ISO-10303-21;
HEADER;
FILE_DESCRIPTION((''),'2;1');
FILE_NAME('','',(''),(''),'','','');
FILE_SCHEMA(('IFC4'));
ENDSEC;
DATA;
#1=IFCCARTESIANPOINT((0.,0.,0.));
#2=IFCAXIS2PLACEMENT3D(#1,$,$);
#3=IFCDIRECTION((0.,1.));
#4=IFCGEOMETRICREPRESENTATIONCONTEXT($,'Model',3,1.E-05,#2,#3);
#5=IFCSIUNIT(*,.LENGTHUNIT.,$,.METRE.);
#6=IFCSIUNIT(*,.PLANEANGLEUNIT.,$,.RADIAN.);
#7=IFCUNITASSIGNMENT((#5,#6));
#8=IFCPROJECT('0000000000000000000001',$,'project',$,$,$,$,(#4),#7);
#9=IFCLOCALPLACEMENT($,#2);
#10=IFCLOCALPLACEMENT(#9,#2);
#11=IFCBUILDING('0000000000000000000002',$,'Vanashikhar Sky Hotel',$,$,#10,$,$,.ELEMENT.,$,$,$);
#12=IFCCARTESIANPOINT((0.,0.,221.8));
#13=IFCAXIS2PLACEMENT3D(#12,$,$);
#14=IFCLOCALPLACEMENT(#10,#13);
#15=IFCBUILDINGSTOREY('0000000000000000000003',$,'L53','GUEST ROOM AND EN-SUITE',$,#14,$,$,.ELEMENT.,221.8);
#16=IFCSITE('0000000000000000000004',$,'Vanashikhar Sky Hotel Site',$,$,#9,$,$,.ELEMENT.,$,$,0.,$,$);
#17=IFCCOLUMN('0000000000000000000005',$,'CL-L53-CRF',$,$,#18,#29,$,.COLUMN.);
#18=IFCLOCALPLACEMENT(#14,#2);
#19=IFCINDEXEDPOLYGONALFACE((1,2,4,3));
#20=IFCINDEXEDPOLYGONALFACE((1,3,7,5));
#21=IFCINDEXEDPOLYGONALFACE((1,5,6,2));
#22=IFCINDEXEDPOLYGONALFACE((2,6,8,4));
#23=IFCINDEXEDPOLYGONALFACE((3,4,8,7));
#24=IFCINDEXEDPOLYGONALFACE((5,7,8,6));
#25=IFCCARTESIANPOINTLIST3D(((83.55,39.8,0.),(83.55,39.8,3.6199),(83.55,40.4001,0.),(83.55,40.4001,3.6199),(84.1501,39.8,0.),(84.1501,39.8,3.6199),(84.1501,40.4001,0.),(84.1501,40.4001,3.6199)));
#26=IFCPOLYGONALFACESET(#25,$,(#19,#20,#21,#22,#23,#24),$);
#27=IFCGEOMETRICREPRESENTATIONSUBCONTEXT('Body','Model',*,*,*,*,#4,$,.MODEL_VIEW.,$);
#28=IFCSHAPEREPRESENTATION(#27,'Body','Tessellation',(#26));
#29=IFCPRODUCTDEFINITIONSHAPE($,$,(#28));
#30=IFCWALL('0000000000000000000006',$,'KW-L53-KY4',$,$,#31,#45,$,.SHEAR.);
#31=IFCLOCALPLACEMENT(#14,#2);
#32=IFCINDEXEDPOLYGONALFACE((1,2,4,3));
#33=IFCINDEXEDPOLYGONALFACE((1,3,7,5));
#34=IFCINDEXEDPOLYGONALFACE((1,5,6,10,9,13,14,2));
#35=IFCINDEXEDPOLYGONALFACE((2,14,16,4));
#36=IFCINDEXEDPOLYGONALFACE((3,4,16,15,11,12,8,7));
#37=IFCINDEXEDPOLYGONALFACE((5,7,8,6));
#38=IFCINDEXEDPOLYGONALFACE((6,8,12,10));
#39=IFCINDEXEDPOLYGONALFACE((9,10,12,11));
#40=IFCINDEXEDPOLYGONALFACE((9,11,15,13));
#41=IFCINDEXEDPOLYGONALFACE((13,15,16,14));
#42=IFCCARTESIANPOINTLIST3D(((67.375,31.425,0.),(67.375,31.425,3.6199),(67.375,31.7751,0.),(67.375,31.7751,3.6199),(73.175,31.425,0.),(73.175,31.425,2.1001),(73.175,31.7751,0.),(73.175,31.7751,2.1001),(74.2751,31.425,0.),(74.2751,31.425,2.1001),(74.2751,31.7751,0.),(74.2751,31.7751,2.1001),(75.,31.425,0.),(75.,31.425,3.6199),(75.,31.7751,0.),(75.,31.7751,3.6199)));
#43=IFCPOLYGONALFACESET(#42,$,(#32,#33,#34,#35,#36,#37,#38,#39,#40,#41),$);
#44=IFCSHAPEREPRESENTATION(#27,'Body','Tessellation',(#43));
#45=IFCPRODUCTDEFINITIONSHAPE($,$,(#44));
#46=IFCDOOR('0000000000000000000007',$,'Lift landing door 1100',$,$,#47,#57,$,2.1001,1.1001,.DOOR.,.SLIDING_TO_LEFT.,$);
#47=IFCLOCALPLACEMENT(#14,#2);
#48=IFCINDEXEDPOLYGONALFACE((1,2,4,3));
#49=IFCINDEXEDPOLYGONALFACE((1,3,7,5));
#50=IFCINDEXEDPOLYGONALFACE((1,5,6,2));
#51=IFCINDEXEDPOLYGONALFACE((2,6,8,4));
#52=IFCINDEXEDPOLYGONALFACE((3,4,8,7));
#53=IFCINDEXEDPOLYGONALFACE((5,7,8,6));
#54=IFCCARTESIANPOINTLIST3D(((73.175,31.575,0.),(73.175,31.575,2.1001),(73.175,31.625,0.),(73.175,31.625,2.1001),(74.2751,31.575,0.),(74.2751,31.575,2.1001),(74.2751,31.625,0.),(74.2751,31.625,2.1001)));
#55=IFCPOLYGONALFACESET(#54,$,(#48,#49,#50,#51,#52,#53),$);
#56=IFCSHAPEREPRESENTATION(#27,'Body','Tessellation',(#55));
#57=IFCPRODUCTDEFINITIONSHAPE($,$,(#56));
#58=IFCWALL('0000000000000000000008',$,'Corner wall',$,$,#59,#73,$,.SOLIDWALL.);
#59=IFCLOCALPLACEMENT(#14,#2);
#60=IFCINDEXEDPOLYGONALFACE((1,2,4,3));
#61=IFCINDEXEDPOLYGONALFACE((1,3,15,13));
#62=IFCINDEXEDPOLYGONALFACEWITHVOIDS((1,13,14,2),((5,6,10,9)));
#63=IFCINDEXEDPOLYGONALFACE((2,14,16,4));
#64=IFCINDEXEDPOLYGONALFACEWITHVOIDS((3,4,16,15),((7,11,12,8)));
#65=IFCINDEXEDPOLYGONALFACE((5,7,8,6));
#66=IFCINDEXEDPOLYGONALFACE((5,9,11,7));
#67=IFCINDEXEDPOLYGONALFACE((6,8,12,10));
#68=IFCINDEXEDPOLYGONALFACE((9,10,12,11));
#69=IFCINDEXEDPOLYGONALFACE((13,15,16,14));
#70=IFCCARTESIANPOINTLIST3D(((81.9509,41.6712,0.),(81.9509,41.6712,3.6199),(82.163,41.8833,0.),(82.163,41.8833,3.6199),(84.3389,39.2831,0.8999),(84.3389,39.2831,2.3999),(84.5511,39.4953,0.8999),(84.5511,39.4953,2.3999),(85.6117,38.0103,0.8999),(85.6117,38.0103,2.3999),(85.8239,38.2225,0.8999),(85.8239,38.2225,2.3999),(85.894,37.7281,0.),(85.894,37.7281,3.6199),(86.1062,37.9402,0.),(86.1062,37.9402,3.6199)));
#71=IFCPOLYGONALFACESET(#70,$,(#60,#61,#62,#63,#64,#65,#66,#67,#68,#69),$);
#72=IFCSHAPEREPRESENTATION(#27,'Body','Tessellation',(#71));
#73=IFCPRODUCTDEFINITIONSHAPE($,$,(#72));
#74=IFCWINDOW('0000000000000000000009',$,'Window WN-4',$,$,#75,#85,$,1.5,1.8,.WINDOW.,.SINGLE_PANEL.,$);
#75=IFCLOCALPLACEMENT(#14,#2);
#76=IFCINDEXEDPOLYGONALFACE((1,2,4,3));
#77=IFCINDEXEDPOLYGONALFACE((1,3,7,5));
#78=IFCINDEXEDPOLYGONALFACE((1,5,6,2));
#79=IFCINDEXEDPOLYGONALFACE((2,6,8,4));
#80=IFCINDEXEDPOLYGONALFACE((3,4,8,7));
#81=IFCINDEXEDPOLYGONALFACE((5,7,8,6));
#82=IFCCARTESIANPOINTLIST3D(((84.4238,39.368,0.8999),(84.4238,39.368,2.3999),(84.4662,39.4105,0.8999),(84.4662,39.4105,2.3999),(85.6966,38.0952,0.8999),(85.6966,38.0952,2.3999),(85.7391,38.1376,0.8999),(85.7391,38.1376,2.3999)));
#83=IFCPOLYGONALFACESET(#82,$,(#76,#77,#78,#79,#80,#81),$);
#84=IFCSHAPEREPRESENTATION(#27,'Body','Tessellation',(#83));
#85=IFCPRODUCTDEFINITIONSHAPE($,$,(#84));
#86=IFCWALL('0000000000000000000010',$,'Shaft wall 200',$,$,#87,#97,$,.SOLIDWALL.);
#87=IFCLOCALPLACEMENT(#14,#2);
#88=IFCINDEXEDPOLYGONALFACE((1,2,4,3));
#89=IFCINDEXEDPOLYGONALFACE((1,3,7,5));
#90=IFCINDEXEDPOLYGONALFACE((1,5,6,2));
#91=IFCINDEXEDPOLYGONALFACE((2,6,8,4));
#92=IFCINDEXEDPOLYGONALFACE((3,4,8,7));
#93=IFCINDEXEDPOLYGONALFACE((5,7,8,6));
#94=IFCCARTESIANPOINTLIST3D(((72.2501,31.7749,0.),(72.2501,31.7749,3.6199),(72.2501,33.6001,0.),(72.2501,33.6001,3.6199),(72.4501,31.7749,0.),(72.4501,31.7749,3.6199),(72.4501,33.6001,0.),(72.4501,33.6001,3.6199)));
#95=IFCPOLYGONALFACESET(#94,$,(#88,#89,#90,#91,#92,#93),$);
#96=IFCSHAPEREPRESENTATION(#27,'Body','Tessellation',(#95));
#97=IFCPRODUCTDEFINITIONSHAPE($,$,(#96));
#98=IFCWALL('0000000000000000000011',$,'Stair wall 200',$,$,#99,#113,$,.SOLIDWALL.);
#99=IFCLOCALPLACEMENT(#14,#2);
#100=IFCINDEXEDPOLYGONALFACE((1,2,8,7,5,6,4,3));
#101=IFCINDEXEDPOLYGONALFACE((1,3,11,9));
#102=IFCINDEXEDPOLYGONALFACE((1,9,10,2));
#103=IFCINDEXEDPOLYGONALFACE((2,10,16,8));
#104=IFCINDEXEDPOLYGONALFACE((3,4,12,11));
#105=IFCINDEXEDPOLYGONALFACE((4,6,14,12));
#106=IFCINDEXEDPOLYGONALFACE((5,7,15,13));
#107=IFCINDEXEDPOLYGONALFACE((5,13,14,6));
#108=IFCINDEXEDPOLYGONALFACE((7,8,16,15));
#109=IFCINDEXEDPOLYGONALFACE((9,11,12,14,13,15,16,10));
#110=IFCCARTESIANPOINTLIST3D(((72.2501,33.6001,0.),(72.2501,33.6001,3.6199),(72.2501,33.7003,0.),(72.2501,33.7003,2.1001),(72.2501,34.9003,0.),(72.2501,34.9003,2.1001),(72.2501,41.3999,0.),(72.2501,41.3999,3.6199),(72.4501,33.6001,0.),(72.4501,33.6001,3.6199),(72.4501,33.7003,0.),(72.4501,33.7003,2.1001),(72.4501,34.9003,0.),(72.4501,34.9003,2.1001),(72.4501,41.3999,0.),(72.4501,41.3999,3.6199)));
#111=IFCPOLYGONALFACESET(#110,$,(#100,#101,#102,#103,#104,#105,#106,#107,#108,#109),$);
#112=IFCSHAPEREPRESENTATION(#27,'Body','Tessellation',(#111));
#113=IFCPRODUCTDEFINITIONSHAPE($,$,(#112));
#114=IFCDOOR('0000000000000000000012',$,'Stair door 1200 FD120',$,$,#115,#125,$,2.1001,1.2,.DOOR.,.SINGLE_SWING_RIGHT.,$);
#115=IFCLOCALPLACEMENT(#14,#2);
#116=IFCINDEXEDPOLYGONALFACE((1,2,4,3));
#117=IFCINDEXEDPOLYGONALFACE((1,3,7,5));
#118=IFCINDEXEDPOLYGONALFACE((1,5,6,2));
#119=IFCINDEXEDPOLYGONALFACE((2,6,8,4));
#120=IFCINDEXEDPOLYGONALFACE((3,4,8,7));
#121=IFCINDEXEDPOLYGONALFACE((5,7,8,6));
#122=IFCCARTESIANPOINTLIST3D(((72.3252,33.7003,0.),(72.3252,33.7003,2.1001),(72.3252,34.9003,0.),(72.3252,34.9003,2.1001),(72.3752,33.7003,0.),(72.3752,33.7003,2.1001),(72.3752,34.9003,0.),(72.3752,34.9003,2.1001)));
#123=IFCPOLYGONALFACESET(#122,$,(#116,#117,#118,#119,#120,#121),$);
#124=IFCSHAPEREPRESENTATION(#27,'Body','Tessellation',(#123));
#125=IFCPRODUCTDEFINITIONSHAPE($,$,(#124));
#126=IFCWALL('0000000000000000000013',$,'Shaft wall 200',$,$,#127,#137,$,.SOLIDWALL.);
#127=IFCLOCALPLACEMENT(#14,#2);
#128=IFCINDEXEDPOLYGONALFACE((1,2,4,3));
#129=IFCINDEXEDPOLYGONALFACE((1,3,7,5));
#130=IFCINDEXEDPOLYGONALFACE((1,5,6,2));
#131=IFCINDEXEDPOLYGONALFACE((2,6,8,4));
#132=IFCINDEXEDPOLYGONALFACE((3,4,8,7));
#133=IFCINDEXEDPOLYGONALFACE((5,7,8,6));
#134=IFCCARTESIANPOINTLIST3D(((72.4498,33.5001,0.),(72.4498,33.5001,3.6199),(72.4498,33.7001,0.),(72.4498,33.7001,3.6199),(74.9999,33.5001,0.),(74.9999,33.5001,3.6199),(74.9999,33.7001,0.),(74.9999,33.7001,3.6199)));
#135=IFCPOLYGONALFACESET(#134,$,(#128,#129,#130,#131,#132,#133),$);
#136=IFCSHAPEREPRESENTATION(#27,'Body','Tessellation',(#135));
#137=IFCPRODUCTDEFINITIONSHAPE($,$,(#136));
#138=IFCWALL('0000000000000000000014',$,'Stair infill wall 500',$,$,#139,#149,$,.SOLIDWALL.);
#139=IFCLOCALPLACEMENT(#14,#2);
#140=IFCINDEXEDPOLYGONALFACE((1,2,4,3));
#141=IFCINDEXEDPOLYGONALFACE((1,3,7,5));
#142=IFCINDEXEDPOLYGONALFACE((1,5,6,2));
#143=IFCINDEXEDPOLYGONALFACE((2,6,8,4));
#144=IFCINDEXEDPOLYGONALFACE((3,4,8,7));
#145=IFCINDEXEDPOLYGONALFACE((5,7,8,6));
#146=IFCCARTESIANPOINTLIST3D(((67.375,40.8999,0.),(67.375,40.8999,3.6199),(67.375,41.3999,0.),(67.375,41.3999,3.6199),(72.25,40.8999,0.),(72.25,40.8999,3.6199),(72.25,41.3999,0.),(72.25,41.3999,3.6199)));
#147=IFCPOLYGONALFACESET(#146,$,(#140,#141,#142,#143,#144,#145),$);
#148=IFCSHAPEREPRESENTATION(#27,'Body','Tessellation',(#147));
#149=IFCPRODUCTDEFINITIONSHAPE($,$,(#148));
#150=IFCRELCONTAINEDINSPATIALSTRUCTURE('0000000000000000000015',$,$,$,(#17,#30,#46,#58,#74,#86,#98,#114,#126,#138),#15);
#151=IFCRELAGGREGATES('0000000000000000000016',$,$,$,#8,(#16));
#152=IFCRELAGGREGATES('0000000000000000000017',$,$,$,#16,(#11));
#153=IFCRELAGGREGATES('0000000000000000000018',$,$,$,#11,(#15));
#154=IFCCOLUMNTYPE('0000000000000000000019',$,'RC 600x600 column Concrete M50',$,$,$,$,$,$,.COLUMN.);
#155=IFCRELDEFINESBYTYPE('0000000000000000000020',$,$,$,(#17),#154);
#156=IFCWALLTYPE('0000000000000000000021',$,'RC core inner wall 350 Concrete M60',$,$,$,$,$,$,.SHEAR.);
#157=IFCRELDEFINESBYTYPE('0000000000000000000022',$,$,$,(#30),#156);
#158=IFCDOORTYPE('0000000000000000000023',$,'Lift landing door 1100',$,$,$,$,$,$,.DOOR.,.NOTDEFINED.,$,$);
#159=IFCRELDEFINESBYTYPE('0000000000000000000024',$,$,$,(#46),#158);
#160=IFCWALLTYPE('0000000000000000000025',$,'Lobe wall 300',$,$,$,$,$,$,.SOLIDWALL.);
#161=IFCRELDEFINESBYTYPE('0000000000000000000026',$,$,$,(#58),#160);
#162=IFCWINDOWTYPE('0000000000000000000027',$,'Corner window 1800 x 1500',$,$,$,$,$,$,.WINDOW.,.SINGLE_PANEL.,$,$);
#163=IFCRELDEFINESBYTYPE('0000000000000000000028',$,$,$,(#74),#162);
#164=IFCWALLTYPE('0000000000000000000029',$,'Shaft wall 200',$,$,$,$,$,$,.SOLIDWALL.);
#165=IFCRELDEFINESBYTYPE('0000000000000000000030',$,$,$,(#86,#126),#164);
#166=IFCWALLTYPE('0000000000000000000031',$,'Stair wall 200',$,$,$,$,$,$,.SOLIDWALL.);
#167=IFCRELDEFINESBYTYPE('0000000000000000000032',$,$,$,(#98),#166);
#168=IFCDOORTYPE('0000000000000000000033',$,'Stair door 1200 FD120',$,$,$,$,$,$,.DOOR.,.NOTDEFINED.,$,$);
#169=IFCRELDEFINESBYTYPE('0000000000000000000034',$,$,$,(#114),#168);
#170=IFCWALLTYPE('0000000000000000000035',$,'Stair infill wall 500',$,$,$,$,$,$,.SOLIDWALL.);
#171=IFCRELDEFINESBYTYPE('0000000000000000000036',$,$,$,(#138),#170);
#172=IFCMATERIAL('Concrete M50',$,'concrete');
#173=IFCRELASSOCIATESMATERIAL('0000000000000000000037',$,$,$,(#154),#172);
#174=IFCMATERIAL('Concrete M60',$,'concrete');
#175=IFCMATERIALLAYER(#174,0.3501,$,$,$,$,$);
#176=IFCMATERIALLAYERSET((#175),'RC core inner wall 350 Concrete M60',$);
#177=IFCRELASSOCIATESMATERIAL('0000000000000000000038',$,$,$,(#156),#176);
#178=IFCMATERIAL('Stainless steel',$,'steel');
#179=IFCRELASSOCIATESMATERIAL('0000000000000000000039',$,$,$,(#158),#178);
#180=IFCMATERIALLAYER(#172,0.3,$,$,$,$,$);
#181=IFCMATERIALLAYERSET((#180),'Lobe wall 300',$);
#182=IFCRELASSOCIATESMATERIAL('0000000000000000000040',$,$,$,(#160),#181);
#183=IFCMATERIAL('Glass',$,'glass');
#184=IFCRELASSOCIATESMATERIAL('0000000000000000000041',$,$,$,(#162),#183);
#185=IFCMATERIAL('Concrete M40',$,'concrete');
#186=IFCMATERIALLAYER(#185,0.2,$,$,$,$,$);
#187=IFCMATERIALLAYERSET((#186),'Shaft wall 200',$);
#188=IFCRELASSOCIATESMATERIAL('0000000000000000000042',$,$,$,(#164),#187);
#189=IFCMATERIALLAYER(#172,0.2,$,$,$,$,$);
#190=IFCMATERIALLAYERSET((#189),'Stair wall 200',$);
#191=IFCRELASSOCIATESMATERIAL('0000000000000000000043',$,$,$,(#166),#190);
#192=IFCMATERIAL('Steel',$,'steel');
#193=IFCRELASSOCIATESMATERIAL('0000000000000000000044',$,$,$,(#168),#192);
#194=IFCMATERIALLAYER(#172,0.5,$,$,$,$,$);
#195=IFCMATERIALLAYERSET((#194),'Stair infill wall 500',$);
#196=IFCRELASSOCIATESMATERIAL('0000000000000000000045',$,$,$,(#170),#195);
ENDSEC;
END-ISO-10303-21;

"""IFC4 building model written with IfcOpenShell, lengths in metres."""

from ifc_helpers import new_model, si_unit, direction, frame, frame_2d, origin, origin_2d, place, context, subcontext, project, spatial, rectangle, extrude, source, transform, mapped, material, layer, layer_set, material_profile, profile_set, type_object, element, fill, save


model = new_model("IFC4")

# Units and contexts
model_context = context("Model", 3, precision=1e-05, world=origin(), true_north=direction((0.0, 1.0)))
body_context = subcontext(model_context, "Body", "Model", "MODEL_VIEW")
ifc_project = project(units=[si_unit("LENGTHUNIT", "METRE"), si_unit("PLANEANGLEUNIT", "RADIAN")], contexts=[model_context])

# Site, building, storey
site_placement = place(None, origin())
site = spatial("IfcSite", under=ifc_project, at=site_placement, Name="Vanashikhar Sky Hotel Site", CompositionType="ELEMENT", RefElevation=0.0)
building_placement = place(site_placement, origin())
building = spatial("IfcBuilding", under=site, at=building_placement, Name="Vanashikhar Sky Hotel", CompositionType="ELEMENT")
storey_placement = place(building_placement, frame((0.0, 0.0, 221.8)))
storey = spatial("IfcBuildingStorey", under=building, at=storey_placement, Name="L53", Description="GUEST ROOM AND EN-SUITE", CompositionType="ELEMENT", Elevation=221.8)

# Column
ifc_material_1 = material(Name="Concrete M50", Category="concrete")
ifc_material_profile = material_profile(ifc_material_1, rectangle(XDim=0.6001, YDim=0.6001, at=origin_2d()))
ifc_profile_set = profile_set([ifc_material_profile], Name="RC 600x600 column Concrete M50")
column_type = type_object("IfcColumnType", Name="RC 600x600 column Concrete M50", PredefinedType="COLUMN", material=ifc_profile_set)
shared_shape_1 = source(origin(), body_context, "Body", "SweptSolid", [
    extrude(rectangle(XDim=0.6001, YDim=0.6001, at=origin_2d()), origin(), (0.0, 0.0, 1.0), 3.6199),
])
column_placement = place(storey_placement, frame((83.8501, 40.1001, 0.0), z_axis=(0.0, 0.0, 1.0), x_axis=(1.0, 0.0, 0.0)))
element("IfcColumn", 1, at=column_placement, inside=storey, type_object=column_type, Name="CL-L53-CRF", PredefinedType="COLUMN", context=body_context, shape_type="MappedRepresentation", body=[
    mapped(shared_shape_1, transform((0.0, 0.0, 0.0), scale=1.0)),
])

# Wall, opening, door
ifc_material_2 = material(Name="Concrete M60", Category="concrete")
ifc_layer_1 = layer(ifc_material_2, 0.3501)
ifc_layer_set_1 = layer_set([ifc_layer_1], Name="RC core inner wall 350 Concrete M60")
wall_type_1 = type_object("IfcWallType", Name="RC core inner wall 350 Concrete M60", PredefinedType="SHEAR", material=ifc_layer_set_1)
shared_shape_2 = source(origin(), body_context, "Body", "SweptSolid", [
    extrude(rectangle(XDim=7.625, YDim=0.3501, at=frame_2d((3.8125, 0.0))), origin(), (0.0, 0.0, 1.0), 3.6199),
])
wall_1_placement = place(storey_placement, frame((67.375, 31.6001, 0.0), z_axis=(0.0, 0.0, 1.0), x_axis=(1.0, 0.0, 0.0)))
wall_1 = element("IfcWall", 2, at=wall_1_placement, inside=storey, type_object=wall_type_1, Name="KW-L53-KY4", PredefinedType="SHEAR", context=body_context, shape_type="MappedRepresentation", body=[
    mapped(shared_shape_2, transform((0.0, 0.0, 0.0), scale=1.0)),
])
shared_shape_3 = source(origin(), body_context, "Body", "SweptSolid", [
    extrude(rectangle(XDim=1.1001, YDim=2.1001, at=frame_2d((0.55, 1.05))), frame((0.0, 0.1851, 0.0), z_axis=(0.0, -1.0, 0.0), x_axis=(1.0, 0.0, 0.0)), (0.0, 0.0, 1.0), 0.3701),
])
opening_1_placement = place(wall_1_placement, frame((5.8, 0.0, 0.0)))
opening_1 = element("IfcOpeningElement", 3, at=opening_1_placement, cuts=wall_1, PredefinedType="OPENING", context=body_context, shape_type="MappedRepresentation", body=[
    mapped(shared_shape_3, transform((0.0, 0.0, 0.0), scale=1.0)),
])
ifc_material_3 = material(Name="Stainless steel", Category="steel")
door_type_1 = type_object("IfcDoorType", Name="Lift landing door 1100", OperationType="NOTDEFINED", PredefinedType="DOOR", material=ifc_material_3)
shared_shape_4 = source(origin(), body_context, "Body", "SweptSolid", [
    extrude(rectangle(XDim=1.1001, YDim=2.1001, at=frame_2d((0.55, 1.05))), frame((0.0, 0.0249, 0.0), z_axis=(0.0, -1.0, 0.0), x_axis=(1.0, 0.0, 0.0)), (0.0, 0.0, 1.0), 0.05),
])
door_1_placement = place(opening_1_placement, origin())
door_1 = element("IfcDoor", 4, at=door_1_placement, inside=storey, type_object=door_type_1, Name="Lift landing door 1100", OperationType="SLIDING_TO_LEFT", OverallHeight=2.1001, OverallWidth=1.1001, PredefinedType="DOOR", context=body_context, shape_type="MappedRepresentation", body=[
    mapped(shared_shape_4, transform((0.0, 0.0, 0.0), scale=1.0)),
])
fill(opening_1, door_1)

# Wall, opening, window
ifc_layer_2 = layer(ifc_material_1, 0.3)
ifc_layer_set_2 = layer_set([ifc_layer_2], Name="Lobe wall 300")
wall_type_2 = type_object("IfcWallType", Name="Lobe wall 300", PredefinedType="SOLIDWALL", material=ifc_layer_set_2)
shared_shape_5 = source(origin(), body_context, "Body", "SweptSolid", [
    extrude(rectangle(XDim=5.5764, YDim=0.3, at=frame_2d((2.7881, 0.0))), origin(), (0.0, 0.0, 1.0), 3.6199),
])
wall_2_placement = place(storey_placement, frame((86.0, 37.8342, 0.0), z_axis=(0.0, 0.0, 1.0), x_axis=(-0.707107, 0.707107, 0.0)))
wall_2 = element("IfcWall", 5, at=wall_2_placement, inside=storey, type_object=wall_type_2, Name="Corner wall", PredefinedType="SOLIDWALL", context=body_context, shape_type="MappedRepresentation", body=[
    mapped(shared_shape_5, transform((0.0, 0.0, 0.0), scale=1.0)),
])
shared_shape_6 = source(origin(), body_context, "Body", "SweptSolid", [
    extrude(rectangle(XDim=1.8, YDim=1.5, at=frame_2d((0.8999, 0.75))), frame((0.0, 0.1602, 0.0), z_axis=(0.0, -1.0, 0.0), x_axis=(1.0, 0.0, 0.0)), (0.0, 0.0, 1.0), 0.3201),
])
opening_2_placement = place(wall_2_placement, frame((0.3992, 0.0, 0.8999)))
opening_2 = element("IfcOpeningElement", 6, at=opening_2_placement, cuts=wall_2, PredefinedType="OPENING", context=body_context, shape_type="MappedRepresentation", body=[
    mapped(shared_shape_6, transform((0.0, 0.0, 0.0), scale=1.0)),
])
ifc_material_4 = material(Name="Glass", Category="glass")
window_type = type_object("IfcWindowType", Name="Corner window 1800 x 1500", PartitioningType="SINGLE_PANEL", PredefinedType="WINDOW", material=ifc_material_4)
shared_shape_7 = source(origin(), body_context, "Body", "SweptSolid", [
    extrude(rectangle(XDim=1.8, YDim=1.5, at=frame_2d((0.8999, 0.75))), frame((0.0, 0.03, 0.0), z_axis=(0.0, -1.0, 0.0), x_axis=(1.0, 0.0, 0.0)), (0.0, 0.0, 1.0), 0.0601),
])
window_placement = place(opening_2_placement, origin())
window = element("IfcWindow", 7, at=window_placement, inside=storey, type_object=window_type, Name="Window WN-4", OverallHeight=1.5, OverallWidth=1.8, PartitioningType="SINGLE_PANEL", PredefinedType="WINDOW", context=body_context, shape_type="MappedRepresentation", body=[
    mapped(shared_shape_7, transform((0.0, 0.0, 0.0), scale=1.0)),
])
fill(opening_2, window)

# Wall
ifc_material_5 = material(Name="Concrete M40", Category="concrete")
ifc_layer_3 = layer(ifc_material_5, 0.2)
ifc_layer_set_3 = layer_set([ifc_layer_3], Name="Shaft wall 200")
wall_type_3 = type_object("IfcWallType", Name="Shaft wall 200", PredefinedType="SOLIDWALL", material=ifc_layer_set_3)
shared_shape_8 = source(origin(), body_context, "Body", "SweptSolid", [
    extrude(rectangle(XDim=1.8252, YDim=0.2, at=frame_2d((0.9126, 0.0))), origin(), (0.0, 0.0, 1.0), 3.6199),
])
wall_3_placement = place(storey_placement, frame((72.3501, 31.7749, 0.0), z_axis=(0.0, 0.0, 1.0), x_axis=(0.0, 1.0, 0.0)))
element("IfcWall", 8, at=wall_3_placement, inside=storey, type_object=wall_type_3, Name="Shaft wall 200", PredefinedType="SOLIDWALL", context=body_context, shape_type="MappedRepresentation", body=[
    mapped(shared_shape_8, transform((0.0, 0.0, 0.0), scale=1.0)),
])

# Wall, opening, door
ifc_layer_4 = layer(ifc_material_1, 0.2)
ifc_layer_set_4 = layer_set([ifc_layer_4], Name="Stair wall 200")
wall_type_4 = type_object("IfcWallType", Name="Stair wall 200", PredefinedType="SOLIDWALL", material=ifc_layer_set_4)
shared_shape_9 = source(origin(), body_context, "Body", "SweptSolid", [
    extrude(rectangle(XDim=7.7998, YDim=0.2, at=frame_2d((3.8999, 0.0))), origin(), (0.0, 0.0, 1.0), 3.6199),
])
wall_4_placement = place(storey_placement, frame((72.3501, 33.6001, 0.0), z_axis=(0.0, 0.0, 1.0), x_axis=(0.0, 1.0, 0.0)))
wall_4 = element("IfcWall", 9, at=wall_4_placement, inside=storey, type_object=wall_type_4, Name="Stair wall 200", PredefinedType="SOLIDWALL", context=body_context, shape_type="MappedRepresentation", body=[
    mapped(shared_shape_9, transform((0.0, 0.0, 0.0), scale=1.0)),
])
shared_shape_10 = source(origin(), body_context, "Body", "SweptSolid", [
    extrude(rectangle(XDim=1.2, YDim=2.1001, at=frame_2d((0.6001, 1.05))), frame((0.0, 0.1099, 0.0), z_axis=(0.0, -1.0, 0.0), x_axis=(1.0, 0.0, 0.0)), (0.0, 0.0, 1.0), 0.22),
])
opening_3_placement = place(wall_4_placement, frame((0.1001, 0.0, 0.0)))
opening_3 = element("IfcOpeningElement", 10, at=opening_3_placement, cuts=wall_4, PredefinedType="OPENING", context=body_context, shape_type="MappedRepresentation", body=[
    mapped(shared_shape_10, transform((0.0, 0.0, 0.0), scale=1.0)),
])
ifc_material_6 = material(Name="Steel", Category="steel")
door_type_2 = type_object("IfcDoorType", Name="Stair door 1200 FD120", OperationType="NOTDEFINED", PredefinedType="DOOR", material=ifc_material_6)
shared_shape_11 = source(origin(), body_context, "Body", "SweptSolid", [
    extrude(rectangle(XDim=1.2, YDim=2.1001, at=frame_2d((0.6001, 1.05))), frame((0.0, 0.0249, 0.0), z_axis=(0.0, -1.0, 0.0), x_axis=(1.0, 0.0, 0.0)), (0.0, 0.0, 1.0), 0.05),
])
door_2_placement = place(opening_3_placement, origin())
door_2 = element("IfcDoor", 11, at=door_2_placement, inside=storey, type_object=door_type_2, Name="Stair door 1200 FD120", OperationType="SINGLE_SWING_RIGHT", OverallHeight=2.1001, OverallWidth=1.2, PredefinedType="DOOR", context=body_context, shape_type="MappedRepresentation", body=[
    mapped(shared_shape_11, transform((0.0, 0.0, 0.0), scale=1.0)),
])
fill(opening_3, door_2)

# Walls
shared_shape_12 = source(origin(), body_context, "Body", "SweptSolid", [
    extrude(rectangle(XDim=2.55, YDim=0.2, at=frame_2d((1.2749, 0.0))), origin(), (0.0, 0.0, 1.0), 3.6199),
])
wall_5_placement = place(storey_placement, frame((72.45, 33.6001, 0.0), z_axis=(0.0, 0.0, 1.0), x_axis=(1.0, 0.0, 0.0)))
element("IfcWall", 12, at=wall_5_placement, inside=storey, type_object=wall_type_3, Name="Shaft wall 200", PredefinedType="SOLIDWALL", context=body_context, shape_type="MappedRepresentation", body=[
    mapped(shared_shape_12, transform((0.0, 0.0, 0.0), scale=1.0)),
])
ifc_layer_5 = layer(ifc_material_1, 0.5)
ifc_layer_set_5 = layer_set([ifc_layer_5], Name="Stair infill wall 500")
wall_type_5 = type_object("IfcWallType", Name="Stair infill wall 500", PredefinedType="SOLIDWALL", material=ifc_layer_set_5)
shared_shape_13 = source(origin(), body_context, "Body", "SweptSolid", [
    extrude(rectangle(XDim=4.875, YDim=0.5, at=frame_2d((2.4375, 0.0))), origin(), (0.0, 0.0, 1.0), 3.6199),
])
wall_6_placement = place(storey_placement, frame((67.375, 41.1499, 0.0), z_axis=(0.0, 0.0, 1.0), x_axis=(1.0, 0.0, 0.0)))
element("IfcWall", 13, at=wall_6_placement, inside=storey, type_object=wall_type_5, Name="Stair infill wall 500", PredefinedType="SOLIDWALL", context=body_context, shape_type="MappedRepresentation", body=[
    mapped(shared_shape_13, transform((0.0, 0.0, 0.0), scale=1.0)),
])

save(model, "model.ifc")
